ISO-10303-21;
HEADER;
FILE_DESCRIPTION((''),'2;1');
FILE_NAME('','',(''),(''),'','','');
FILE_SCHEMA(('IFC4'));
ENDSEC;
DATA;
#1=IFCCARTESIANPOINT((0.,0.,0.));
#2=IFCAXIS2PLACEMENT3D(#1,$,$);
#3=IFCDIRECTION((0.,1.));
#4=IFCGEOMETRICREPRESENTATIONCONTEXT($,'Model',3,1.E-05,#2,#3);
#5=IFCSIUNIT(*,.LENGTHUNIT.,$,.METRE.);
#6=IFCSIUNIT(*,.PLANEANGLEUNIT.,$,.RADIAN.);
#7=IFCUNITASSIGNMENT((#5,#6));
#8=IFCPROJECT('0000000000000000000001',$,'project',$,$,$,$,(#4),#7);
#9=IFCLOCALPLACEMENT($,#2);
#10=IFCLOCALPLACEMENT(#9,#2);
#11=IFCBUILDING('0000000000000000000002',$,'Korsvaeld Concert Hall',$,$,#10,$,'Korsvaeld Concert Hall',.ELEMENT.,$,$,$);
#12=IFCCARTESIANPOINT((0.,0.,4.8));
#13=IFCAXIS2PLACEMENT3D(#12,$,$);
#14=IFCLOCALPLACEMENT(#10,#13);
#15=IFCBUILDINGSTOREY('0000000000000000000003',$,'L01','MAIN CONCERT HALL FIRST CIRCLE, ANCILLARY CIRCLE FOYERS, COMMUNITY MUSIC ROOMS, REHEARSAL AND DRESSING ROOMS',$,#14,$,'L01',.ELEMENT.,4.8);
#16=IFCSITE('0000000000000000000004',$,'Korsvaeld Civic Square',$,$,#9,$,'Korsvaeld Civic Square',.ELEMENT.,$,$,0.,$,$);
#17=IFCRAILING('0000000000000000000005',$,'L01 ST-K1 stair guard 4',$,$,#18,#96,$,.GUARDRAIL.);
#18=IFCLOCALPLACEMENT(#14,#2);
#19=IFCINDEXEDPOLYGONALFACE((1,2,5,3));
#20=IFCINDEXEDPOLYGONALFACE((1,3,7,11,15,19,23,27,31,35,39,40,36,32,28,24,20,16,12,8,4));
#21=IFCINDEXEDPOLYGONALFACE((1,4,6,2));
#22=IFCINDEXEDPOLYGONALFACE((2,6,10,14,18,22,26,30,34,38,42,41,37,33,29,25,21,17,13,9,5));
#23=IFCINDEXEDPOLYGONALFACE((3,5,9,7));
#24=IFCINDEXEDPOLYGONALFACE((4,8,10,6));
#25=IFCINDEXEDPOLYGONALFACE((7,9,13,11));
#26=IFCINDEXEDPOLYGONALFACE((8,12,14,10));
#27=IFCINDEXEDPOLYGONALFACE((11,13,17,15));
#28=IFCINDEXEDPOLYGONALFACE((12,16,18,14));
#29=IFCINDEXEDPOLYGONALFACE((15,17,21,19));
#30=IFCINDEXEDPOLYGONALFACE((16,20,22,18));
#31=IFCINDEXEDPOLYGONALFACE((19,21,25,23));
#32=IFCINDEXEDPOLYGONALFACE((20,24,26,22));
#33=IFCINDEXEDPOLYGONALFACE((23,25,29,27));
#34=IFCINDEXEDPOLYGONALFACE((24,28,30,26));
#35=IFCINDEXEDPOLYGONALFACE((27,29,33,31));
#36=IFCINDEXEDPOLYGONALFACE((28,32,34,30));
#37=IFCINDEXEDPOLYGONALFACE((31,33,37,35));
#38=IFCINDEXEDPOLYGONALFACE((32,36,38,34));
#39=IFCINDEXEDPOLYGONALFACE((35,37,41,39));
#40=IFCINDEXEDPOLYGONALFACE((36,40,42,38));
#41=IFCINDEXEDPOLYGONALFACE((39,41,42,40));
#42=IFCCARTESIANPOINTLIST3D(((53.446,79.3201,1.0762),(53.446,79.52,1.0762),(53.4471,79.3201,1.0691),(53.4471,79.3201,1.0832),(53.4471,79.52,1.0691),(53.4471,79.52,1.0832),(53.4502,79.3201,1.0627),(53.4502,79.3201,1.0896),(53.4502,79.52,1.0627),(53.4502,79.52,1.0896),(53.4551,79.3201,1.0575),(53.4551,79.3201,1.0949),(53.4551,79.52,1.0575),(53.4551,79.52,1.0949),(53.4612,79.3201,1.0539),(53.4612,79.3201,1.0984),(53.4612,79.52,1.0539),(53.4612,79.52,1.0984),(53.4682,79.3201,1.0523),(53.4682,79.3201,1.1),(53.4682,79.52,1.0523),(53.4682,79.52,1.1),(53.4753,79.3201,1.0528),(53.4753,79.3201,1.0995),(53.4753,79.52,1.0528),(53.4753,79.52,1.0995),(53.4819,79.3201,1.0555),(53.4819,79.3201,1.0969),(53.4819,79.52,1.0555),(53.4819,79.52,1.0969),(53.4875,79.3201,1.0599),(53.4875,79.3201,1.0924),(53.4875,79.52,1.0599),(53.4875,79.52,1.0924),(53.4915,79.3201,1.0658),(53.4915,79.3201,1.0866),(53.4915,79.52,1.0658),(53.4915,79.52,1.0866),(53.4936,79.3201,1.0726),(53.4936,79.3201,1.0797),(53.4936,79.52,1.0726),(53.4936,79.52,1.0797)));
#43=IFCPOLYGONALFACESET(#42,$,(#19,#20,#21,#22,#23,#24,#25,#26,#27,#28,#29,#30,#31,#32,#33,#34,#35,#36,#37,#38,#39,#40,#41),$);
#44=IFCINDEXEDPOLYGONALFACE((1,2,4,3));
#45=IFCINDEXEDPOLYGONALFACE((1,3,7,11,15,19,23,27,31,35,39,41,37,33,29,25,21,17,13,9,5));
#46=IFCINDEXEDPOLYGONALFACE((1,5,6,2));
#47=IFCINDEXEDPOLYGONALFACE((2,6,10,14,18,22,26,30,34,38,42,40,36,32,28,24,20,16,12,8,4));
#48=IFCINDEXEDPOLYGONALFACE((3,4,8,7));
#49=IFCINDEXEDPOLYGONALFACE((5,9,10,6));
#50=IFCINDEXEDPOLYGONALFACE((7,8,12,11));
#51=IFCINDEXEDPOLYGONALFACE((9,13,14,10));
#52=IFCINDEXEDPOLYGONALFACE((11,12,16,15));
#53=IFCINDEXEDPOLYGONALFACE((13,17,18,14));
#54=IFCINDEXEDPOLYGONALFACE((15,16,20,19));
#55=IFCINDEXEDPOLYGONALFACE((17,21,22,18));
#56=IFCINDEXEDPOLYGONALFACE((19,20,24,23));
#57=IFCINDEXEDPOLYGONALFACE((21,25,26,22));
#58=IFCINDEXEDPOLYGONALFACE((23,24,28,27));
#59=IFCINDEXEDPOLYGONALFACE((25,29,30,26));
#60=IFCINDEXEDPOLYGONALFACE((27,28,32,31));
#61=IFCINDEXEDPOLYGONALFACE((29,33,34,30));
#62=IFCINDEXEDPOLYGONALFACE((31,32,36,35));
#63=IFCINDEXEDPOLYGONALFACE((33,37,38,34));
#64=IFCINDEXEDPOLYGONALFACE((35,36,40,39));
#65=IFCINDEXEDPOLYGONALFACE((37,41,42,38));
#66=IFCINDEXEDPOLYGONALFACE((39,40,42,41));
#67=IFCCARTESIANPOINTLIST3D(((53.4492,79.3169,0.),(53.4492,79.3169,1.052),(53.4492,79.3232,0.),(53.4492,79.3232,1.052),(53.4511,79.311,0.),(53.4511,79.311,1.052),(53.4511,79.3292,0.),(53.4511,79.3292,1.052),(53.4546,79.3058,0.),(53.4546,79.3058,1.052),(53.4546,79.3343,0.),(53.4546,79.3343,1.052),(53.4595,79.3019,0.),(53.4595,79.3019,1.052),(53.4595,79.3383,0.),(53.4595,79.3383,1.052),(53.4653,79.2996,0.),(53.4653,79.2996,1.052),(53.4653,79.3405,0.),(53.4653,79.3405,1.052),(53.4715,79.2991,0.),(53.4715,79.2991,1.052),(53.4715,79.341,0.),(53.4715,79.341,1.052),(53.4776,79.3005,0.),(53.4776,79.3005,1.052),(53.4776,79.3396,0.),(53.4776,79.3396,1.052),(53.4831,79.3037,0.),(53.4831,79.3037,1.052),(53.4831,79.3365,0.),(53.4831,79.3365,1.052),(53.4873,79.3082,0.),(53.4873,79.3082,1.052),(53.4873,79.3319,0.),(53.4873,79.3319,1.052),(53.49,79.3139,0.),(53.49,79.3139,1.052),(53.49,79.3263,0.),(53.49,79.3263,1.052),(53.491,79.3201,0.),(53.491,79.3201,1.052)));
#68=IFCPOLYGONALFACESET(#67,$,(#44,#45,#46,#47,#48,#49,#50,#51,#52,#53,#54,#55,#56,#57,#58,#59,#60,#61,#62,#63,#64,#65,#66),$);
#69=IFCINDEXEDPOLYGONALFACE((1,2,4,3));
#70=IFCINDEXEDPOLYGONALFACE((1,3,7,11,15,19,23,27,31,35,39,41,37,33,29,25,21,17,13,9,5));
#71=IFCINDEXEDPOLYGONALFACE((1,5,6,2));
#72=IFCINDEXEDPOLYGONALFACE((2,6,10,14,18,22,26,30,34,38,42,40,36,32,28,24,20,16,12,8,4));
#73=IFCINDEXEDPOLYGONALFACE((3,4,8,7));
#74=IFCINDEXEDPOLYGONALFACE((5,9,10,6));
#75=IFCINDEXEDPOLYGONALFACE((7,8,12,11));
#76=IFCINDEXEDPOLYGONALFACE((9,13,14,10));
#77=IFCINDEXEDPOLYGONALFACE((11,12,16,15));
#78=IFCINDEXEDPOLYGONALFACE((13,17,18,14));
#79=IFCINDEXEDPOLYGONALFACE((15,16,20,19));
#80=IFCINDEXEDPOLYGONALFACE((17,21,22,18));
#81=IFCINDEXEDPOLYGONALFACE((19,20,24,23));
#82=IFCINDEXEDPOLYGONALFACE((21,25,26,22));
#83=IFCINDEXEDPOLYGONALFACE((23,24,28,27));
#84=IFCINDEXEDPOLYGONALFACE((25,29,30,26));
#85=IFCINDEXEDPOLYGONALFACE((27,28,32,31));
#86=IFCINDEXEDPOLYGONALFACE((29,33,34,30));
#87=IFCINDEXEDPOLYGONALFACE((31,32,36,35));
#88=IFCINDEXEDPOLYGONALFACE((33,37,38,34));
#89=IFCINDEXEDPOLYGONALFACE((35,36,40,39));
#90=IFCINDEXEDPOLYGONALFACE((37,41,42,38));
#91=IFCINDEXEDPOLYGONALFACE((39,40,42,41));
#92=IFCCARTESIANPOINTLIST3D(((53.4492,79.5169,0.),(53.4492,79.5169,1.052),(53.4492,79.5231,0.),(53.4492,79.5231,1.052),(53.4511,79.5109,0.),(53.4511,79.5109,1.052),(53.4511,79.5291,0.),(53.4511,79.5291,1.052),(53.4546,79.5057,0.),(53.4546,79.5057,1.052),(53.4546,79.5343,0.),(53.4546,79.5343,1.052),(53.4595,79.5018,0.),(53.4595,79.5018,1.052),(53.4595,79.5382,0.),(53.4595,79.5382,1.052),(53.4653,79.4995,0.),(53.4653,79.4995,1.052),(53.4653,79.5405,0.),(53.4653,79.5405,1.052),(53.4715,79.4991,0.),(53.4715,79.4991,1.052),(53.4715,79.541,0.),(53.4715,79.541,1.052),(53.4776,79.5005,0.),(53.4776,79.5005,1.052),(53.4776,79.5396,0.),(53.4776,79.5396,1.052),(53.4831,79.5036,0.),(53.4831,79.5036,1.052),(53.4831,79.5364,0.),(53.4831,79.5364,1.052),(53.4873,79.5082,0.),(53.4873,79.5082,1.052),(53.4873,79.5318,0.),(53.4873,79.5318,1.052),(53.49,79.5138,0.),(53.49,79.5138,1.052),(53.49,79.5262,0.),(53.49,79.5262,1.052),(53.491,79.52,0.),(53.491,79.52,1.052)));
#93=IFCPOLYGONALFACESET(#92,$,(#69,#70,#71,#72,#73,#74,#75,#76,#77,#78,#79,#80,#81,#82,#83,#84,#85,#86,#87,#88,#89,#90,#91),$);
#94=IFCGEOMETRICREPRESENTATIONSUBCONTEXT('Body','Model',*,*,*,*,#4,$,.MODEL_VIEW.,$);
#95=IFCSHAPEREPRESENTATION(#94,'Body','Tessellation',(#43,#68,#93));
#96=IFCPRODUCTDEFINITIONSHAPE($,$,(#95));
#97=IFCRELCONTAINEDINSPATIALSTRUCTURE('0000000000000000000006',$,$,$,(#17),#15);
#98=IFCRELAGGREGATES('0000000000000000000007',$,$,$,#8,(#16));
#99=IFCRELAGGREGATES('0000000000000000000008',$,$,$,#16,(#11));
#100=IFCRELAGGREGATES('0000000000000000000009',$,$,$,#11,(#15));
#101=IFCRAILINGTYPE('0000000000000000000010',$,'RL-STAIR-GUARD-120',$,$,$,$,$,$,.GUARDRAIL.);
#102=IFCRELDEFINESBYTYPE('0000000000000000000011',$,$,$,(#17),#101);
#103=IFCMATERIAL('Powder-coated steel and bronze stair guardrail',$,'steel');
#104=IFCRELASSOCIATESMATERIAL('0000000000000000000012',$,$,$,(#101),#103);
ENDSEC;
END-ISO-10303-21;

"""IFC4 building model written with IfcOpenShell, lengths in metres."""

from ifc_helpers import new_model, si_unit, direction, frame, origin, origin_2d, place, context, subcontext, project, spatial, circle, extrude, material, type_object, element, save


model = new_model("IFC4")

# Units and contexts
model_context = context("Model", 3, precision=1e-05, world=origin(), true_north=direction((0.0, 1.0)))
body_context = subcontext(model_context, "Body", "Model", "MODEL_VIEW")
ifc_project = project(units=[si_unit("LENGTHUNIT", "METRE"), si_unit("PLANEANGLEUNIT", "RADIAN")], contexts=[model_context])

# Site, building, storey
site_placement = place(None, origin())
site = spatial("IfcSite", under=ifc_project, at=site_placement, Name="Korsvaeld Civic Square", LongName="Korsvaeld Civic Square", CompositionType="ELEMENT", RefElevation=0.0)
building_placement = place(site_placement, origin())
building = spatial("IfcBuilding", under=site, at=building_placement, Name="Korsvaeld Concert Hall", LongName="Korsvaeld Concert Hall", CompositionType="ELEMENT")
storey_placement = place(building_placement, frame((0.0, 0.0, 4.8)))
storey = spatial("IfcBuildingStorey", under=building, at=storey_placement, Name="L01", Description="MAIN CONCERT HALL FIRST CIRCLE, ANCILLARY CIRCLE FOYERS, COMMUNITY MUSIC ROOMS, REHEARSAL AND DRESSING ROOMS", LongName="L01", CompositionType="ELEMENT", Elevation=4.8)

# Railing
ifc_material_1 = material(Name="Powder-coated steel and bronze stair guardrail", Category="steel")
railing_type_1 = type_object("IfcRailingType", Name="RL-STAIR-GUARD-120", PredefinedType="GUARDRAIL", material=ifc_material_1)
railing_1_placement = place(storey_placement, frame((53.47, 79.3201, 0.0)))
element("IfcRailing", 1, at=railing_1_placement, inside=storey, type_object=railing_type_1, Name="L01 ST-K1 stair guard 4", PredefinedType="GUARDRAIL", context=body_context, shape_type="SweptSolid", body=[
    extrude(circle(Radius=0.0239, at=origin_2d()), frame((0.0, 0.0, 1.0762), z_axis=(0.0, 1.0, 0.0), x_axis=(-1.0, 0.0, 0.0)), (0.0, 0.0, 1.0), 0.2),
    extrude(circle(Radius=0.021, at=origin_2d()), origin(), (0.0, 0.0, 1.0), 1.052),
    extrude(circle(Radius=0.021, at=origin_2d()), frame((0.0, 0.2, 0.0)), (0.0, 0.0, 1.0), 1.052),
])

save(model, "model.ifc")
